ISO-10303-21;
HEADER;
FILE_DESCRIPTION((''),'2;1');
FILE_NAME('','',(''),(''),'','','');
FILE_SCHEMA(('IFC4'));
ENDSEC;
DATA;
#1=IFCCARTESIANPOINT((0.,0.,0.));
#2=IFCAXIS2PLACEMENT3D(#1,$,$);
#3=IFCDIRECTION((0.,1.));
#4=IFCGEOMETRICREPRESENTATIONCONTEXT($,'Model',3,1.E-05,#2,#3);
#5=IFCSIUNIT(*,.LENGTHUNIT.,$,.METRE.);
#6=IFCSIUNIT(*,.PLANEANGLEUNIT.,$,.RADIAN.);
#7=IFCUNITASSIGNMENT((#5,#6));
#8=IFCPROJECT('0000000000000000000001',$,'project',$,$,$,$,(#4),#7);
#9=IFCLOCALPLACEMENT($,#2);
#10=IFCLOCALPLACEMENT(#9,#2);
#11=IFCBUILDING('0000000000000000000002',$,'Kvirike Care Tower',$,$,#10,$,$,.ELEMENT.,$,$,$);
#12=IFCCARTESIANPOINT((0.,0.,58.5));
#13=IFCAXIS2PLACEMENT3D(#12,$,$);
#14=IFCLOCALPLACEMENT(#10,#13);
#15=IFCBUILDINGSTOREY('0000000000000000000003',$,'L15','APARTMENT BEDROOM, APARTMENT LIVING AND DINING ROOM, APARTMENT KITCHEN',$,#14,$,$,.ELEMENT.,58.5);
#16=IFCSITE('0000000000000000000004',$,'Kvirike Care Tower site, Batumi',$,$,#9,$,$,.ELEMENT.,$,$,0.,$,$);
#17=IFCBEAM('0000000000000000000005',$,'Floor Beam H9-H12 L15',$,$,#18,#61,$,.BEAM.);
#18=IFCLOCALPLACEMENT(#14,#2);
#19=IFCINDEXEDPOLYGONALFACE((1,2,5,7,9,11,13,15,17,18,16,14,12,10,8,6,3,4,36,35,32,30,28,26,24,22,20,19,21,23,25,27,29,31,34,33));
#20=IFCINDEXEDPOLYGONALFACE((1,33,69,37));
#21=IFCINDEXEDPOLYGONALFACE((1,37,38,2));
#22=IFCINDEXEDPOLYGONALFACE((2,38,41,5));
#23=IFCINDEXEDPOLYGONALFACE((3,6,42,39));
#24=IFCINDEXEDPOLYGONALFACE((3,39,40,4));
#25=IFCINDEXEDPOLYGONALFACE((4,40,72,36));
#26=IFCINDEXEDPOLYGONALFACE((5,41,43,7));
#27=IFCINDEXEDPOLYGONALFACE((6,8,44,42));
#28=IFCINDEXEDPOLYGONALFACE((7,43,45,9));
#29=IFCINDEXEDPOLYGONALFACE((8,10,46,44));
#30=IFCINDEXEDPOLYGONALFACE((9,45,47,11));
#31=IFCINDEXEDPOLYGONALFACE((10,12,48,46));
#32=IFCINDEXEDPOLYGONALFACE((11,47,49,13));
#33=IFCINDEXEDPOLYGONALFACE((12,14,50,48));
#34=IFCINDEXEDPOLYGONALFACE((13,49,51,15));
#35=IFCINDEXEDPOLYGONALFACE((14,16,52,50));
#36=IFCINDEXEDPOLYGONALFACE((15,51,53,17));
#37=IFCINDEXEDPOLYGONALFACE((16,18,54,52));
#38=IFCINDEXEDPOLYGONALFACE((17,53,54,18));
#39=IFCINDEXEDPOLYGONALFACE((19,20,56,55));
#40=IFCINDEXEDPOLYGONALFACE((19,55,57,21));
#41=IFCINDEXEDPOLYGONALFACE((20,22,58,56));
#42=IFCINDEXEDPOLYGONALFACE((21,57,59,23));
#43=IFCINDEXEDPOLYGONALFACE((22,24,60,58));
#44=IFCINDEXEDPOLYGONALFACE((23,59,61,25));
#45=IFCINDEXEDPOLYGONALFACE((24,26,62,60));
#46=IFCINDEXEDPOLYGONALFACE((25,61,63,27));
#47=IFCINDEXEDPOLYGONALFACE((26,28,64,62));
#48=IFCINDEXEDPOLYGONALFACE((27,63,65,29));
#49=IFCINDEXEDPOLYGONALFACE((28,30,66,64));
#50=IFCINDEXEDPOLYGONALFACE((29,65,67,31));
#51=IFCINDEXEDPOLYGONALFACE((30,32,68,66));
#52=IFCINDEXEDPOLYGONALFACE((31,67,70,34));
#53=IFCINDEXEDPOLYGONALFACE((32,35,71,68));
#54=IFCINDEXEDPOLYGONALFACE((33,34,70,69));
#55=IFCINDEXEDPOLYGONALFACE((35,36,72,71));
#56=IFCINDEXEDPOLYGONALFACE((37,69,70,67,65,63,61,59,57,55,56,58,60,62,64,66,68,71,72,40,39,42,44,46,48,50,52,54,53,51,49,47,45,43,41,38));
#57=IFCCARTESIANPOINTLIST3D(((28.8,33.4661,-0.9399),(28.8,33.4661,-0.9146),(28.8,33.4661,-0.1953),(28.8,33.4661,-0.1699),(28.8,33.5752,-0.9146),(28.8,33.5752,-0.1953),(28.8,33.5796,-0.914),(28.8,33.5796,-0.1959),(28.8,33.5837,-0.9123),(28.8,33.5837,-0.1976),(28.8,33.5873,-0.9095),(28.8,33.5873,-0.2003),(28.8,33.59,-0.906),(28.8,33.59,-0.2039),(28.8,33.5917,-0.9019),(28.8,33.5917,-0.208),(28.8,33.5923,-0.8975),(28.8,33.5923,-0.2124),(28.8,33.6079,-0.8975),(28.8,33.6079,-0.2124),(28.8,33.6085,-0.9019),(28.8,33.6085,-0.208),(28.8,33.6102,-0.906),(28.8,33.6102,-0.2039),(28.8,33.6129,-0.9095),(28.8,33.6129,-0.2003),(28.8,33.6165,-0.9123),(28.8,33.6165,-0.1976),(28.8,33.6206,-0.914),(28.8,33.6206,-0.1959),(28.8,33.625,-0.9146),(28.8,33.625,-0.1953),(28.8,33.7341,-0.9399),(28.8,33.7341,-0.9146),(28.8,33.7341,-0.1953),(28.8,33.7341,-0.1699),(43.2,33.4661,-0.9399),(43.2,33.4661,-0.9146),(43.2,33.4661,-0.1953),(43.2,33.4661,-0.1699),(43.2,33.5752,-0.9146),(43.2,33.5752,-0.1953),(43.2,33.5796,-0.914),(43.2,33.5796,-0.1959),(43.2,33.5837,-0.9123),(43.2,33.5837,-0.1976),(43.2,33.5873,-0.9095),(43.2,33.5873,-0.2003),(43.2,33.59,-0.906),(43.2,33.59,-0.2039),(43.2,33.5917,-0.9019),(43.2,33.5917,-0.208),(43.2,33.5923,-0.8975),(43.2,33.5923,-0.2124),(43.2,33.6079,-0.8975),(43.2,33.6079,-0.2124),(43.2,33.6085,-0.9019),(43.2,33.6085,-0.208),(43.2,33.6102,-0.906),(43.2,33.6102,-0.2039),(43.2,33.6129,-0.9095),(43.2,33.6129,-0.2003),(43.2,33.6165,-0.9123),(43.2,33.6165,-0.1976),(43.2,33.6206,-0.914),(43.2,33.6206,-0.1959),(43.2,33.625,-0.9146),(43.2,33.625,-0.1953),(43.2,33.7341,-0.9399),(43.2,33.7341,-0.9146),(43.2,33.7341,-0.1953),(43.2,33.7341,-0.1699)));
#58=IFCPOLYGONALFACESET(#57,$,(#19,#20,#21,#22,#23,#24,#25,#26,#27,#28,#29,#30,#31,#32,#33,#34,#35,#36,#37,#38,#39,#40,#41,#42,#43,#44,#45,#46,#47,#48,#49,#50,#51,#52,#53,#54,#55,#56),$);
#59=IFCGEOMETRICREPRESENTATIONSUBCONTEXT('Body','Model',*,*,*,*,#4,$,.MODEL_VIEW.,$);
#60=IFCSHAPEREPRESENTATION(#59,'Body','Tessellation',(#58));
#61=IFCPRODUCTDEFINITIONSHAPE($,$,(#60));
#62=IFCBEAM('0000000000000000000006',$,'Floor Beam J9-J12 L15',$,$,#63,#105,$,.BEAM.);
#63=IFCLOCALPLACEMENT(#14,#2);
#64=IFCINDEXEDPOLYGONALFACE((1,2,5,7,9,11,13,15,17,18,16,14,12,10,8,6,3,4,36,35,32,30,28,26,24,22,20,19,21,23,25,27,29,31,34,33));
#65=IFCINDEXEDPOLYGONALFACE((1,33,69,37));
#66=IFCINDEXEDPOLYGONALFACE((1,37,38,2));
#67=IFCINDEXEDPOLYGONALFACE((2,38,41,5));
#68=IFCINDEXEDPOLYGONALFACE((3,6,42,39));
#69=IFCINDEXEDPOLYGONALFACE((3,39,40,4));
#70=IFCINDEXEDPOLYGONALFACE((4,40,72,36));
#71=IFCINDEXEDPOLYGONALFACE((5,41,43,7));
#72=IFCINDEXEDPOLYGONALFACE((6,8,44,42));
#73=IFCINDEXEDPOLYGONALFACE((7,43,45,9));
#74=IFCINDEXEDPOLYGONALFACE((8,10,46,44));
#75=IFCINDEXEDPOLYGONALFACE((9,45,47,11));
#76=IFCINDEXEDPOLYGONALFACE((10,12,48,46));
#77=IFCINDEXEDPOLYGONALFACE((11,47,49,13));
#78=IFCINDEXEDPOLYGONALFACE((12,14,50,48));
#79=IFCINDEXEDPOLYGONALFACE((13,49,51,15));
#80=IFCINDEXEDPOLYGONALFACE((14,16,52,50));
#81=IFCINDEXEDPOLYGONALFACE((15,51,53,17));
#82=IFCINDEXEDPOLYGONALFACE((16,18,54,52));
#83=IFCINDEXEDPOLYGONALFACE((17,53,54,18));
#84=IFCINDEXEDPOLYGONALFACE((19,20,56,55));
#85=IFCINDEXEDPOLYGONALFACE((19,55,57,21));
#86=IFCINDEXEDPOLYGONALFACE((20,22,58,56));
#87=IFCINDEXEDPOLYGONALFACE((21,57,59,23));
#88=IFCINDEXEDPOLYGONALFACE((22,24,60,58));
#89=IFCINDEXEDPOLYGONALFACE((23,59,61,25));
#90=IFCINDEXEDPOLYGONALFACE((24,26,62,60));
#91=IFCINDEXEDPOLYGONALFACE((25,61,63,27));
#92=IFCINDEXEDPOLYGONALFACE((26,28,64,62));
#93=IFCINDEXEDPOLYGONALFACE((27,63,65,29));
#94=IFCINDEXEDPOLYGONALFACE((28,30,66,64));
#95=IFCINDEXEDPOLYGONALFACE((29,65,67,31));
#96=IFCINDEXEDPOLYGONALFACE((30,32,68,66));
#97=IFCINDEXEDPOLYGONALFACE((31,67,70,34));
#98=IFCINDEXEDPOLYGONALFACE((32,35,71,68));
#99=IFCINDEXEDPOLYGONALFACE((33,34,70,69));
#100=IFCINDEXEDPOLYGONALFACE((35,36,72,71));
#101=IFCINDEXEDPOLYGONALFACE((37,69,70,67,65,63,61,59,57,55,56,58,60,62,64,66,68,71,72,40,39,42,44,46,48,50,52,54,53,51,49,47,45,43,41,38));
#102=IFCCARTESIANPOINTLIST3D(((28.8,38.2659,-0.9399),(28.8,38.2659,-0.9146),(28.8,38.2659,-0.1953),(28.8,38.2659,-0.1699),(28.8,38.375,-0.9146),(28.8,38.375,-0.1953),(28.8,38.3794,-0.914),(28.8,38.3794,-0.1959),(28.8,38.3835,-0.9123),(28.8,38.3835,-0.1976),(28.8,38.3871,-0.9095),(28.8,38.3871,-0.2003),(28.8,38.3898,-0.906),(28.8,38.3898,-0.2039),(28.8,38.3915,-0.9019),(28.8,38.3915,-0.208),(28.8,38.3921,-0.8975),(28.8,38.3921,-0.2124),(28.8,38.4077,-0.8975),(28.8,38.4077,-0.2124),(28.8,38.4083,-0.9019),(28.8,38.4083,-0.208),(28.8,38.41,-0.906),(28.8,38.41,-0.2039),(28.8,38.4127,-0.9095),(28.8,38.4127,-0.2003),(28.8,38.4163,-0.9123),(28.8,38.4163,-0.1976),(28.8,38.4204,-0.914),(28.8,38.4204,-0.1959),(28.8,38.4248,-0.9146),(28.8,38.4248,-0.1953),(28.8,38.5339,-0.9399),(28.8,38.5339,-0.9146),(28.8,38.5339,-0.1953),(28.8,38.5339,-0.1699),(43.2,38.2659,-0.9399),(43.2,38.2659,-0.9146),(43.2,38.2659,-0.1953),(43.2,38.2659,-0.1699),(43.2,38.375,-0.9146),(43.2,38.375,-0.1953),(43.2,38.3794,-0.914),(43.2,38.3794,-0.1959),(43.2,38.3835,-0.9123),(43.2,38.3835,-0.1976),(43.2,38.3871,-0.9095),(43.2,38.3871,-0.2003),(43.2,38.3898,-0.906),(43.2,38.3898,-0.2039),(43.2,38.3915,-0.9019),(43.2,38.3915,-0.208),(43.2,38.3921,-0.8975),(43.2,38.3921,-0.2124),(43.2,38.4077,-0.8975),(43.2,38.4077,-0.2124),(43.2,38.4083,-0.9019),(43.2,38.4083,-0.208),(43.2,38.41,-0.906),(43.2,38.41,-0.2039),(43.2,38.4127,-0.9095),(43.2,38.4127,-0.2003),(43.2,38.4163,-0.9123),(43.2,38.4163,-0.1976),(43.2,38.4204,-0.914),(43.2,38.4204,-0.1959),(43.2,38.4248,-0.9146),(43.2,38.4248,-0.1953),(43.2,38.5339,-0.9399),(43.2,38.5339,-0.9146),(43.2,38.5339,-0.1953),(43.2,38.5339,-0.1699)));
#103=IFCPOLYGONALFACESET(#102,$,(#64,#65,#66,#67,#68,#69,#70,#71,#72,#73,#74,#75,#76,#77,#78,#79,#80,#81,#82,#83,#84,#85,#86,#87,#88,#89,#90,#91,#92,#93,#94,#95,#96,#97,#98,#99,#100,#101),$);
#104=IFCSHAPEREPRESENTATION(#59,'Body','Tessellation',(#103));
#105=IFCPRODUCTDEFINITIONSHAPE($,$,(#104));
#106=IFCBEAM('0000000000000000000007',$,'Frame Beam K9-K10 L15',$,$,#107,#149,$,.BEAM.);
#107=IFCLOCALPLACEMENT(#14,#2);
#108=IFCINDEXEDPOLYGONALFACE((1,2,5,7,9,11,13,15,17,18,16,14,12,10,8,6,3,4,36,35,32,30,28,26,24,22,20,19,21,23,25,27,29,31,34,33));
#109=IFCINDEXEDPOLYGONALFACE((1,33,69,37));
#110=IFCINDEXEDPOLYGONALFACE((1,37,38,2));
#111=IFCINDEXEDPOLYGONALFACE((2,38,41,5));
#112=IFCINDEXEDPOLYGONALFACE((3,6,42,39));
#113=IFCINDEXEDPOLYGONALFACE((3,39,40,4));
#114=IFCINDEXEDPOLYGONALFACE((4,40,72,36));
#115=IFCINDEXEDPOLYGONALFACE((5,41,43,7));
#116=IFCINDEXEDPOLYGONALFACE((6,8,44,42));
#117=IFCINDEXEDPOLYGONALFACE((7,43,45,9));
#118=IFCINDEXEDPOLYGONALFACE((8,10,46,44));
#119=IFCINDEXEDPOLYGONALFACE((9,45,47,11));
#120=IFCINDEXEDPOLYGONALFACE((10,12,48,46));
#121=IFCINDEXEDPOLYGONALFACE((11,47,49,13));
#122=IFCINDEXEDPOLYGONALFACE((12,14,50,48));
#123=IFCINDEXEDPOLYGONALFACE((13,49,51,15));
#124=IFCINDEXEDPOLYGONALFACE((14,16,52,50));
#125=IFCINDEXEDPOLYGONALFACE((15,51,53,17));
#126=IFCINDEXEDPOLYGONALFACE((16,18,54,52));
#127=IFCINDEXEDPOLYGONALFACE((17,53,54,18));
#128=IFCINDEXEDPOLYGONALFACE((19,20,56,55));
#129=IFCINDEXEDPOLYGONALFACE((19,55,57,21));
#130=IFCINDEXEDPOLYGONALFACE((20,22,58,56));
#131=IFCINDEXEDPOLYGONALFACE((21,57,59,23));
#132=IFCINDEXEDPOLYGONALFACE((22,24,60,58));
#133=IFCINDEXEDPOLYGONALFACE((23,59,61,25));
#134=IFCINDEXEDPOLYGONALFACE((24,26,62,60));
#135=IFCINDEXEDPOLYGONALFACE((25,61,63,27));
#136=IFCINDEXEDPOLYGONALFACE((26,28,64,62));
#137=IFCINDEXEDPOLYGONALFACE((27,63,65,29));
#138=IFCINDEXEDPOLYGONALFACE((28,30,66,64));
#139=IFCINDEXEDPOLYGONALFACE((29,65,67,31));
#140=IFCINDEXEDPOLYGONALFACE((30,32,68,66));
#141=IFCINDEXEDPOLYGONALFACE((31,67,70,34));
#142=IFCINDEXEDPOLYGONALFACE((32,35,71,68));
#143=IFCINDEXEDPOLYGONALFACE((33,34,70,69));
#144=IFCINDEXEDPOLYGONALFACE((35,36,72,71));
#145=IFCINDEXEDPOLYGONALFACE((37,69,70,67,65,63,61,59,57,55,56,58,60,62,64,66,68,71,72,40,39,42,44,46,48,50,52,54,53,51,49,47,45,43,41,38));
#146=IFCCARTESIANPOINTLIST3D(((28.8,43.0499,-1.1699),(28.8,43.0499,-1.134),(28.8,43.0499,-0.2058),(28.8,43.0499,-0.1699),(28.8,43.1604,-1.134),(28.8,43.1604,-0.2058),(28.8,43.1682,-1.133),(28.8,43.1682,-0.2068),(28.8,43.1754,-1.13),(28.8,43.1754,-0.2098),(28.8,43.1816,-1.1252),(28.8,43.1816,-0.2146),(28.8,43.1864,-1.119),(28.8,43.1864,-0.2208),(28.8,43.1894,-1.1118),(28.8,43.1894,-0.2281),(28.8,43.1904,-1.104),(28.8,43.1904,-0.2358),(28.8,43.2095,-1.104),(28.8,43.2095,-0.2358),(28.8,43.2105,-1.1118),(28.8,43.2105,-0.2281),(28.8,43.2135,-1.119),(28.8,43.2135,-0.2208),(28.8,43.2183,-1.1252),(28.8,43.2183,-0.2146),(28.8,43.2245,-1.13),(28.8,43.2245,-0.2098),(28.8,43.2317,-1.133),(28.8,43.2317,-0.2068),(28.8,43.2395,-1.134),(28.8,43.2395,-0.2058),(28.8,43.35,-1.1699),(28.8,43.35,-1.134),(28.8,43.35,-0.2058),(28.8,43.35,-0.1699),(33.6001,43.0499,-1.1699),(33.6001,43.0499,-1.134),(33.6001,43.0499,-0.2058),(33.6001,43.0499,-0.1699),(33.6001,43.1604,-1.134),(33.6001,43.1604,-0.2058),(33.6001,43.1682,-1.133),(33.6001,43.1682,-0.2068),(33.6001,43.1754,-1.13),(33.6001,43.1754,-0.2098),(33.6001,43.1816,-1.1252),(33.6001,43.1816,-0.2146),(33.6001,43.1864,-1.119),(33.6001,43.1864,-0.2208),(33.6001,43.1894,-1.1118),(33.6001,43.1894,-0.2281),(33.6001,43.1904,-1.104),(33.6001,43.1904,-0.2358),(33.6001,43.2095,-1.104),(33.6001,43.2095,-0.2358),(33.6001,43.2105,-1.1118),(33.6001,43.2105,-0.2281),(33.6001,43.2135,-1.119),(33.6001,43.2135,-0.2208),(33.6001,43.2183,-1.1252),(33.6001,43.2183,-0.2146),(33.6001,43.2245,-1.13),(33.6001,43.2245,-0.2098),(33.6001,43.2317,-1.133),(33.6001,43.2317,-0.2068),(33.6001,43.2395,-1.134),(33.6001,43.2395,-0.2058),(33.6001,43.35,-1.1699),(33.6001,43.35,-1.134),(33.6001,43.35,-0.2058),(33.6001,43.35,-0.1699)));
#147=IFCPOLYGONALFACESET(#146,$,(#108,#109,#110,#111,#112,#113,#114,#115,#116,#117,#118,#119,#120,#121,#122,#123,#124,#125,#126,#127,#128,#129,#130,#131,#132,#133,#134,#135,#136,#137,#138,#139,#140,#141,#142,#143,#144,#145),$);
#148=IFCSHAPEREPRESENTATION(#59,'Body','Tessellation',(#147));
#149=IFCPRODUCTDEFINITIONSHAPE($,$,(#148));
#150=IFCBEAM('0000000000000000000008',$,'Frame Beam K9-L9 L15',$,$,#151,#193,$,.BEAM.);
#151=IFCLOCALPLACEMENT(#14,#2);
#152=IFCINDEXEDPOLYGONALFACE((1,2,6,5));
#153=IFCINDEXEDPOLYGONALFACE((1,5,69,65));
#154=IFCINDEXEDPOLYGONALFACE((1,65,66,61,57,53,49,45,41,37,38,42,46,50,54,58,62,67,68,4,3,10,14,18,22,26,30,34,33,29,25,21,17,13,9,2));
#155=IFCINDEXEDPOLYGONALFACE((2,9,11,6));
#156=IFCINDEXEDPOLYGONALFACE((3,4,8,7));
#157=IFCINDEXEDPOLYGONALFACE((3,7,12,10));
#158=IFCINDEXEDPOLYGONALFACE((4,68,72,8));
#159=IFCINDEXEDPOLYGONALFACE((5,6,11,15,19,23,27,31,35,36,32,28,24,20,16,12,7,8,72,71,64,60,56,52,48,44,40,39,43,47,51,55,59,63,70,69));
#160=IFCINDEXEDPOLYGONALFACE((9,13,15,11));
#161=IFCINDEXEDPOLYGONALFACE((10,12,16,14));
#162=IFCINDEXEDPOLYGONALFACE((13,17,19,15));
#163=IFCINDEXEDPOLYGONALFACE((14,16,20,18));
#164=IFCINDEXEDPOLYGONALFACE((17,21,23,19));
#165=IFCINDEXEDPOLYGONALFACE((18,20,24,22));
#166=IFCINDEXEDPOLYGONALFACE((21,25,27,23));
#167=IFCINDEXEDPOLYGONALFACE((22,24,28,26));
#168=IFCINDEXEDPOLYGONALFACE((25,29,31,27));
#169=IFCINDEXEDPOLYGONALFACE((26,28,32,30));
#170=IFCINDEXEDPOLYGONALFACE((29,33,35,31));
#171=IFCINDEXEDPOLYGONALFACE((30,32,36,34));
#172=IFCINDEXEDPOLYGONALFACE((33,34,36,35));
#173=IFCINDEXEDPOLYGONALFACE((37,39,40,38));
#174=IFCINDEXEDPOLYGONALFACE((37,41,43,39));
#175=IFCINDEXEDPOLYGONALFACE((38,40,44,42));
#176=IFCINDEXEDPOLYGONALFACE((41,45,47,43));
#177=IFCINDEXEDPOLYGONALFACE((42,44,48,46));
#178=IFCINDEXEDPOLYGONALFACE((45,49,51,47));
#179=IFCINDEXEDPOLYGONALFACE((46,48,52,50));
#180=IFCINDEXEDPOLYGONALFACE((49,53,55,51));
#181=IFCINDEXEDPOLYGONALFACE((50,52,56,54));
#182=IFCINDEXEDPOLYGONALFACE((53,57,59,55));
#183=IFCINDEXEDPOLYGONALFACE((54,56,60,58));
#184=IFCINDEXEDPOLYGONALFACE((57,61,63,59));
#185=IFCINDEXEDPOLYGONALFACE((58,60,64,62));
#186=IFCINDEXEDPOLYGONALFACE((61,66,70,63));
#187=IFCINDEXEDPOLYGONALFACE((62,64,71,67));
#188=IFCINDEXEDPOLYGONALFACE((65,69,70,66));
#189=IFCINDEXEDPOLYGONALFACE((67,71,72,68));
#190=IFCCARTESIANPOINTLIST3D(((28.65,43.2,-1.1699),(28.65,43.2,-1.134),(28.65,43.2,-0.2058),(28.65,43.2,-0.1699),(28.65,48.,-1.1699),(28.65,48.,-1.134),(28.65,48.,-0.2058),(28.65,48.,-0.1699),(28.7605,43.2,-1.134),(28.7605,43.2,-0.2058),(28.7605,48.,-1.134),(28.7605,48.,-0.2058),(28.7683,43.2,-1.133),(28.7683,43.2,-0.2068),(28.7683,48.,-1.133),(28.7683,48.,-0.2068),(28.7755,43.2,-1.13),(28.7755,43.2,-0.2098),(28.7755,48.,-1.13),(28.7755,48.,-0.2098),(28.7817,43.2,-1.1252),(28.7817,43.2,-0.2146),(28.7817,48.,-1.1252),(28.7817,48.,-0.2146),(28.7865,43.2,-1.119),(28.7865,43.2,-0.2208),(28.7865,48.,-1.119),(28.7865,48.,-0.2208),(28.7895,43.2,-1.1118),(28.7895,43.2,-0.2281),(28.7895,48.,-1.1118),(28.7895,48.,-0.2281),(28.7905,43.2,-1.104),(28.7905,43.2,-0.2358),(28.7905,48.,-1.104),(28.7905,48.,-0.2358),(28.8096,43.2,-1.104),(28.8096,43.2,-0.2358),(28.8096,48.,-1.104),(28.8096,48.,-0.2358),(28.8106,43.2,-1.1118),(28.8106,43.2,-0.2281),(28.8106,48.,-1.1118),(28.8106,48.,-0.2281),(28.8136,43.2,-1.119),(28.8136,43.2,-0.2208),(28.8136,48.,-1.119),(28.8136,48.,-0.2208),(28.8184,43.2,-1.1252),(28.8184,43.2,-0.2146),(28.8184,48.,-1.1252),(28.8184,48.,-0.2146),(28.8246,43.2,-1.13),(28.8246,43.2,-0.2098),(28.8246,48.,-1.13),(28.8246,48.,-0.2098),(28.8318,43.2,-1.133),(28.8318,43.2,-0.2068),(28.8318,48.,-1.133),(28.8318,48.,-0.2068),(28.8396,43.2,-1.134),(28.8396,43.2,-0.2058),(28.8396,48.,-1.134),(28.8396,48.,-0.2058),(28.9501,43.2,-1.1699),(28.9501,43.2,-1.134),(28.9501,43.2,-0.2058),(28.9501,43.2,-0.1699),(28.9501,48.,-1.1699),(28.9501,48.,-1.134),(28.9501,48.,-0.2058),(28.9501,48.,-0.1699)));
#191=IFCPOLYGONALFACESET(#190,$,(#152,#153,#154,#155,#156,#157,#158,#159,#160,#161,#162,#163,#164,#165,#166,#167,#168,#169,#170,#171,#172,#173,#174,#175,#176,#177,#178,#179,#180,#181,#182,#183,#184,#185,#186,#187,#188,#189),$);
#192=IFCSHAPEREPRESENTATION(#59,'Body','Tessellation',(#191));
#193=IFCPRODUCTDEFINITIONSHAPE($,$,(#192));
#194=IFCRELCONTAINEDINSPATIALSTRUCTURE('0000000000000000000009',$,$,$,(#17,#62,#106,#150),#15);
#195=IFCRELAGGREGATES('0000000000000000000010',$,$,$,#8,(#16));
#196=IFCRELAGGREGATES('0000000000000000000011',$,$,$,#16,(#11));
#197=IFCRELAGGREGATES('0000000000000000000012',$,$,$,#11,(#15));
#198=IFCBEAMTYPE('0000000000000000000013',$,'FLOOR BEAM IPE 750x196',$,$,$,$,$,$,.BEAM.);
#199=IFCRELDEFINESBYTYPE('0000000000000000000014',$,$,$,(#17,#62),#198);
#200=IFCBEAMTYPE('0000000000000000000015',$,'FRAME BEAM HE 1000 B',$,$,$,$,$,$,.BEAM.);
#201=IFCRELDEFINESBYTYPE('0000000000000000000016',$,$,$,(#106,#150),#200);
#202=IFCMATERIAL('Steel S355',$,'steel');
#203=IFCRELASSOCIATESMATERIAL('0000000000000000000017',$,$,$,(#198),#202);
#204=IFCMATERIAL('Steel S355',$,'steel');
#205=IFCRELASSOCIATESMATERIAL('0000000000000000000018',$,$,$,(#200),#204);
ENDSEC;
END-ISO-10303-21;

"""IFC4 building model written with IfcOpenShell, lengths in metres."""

from ifc_helpers import new_model, si_unit, direction, frame, origin, origin_2d, place, context, subcontext, project, spatial, i_section, extrude, material, material_profile, profile_set, type_object, element, save


model = new_model("IFC4")

# Units and contexts
model_context = context("Model", 3, precision=1e-05, world=origin(), true_north=direction((0.0, 1.0)))
body_context = subcontext(model_context, "Body", "Model", "MODEL_VIEW")
ifc_project = project(units=[si_unit("LENGTHUNIT", "METRE"), si_unit("PLANEANGLEUNIT", "RADIAN")], contexts=[model_context])

# Site, building, storey
site_placement = place(None, origin())
site = spatial("IfcSite", under=ifc_project, at=site_placement, Name="Kvirike Care Tower site, Batumi", CompositionType="ELEMENT", RefElevation=0.0)
building_placement = place(site_placement, origin())
building = spatial("IfcBuilding", under=site, at=building_placement, Name="Kvirike Care Tower", CompositionType="ELEMENT")
storey_placement = place(building_placement, frame((0.0, 0.0, 58.5)))
storey = spatial("IfcBuildingStorey", under=building, at=storey_placement, Name="L15", Description="APARTMENT BEDROOM, APARTMENT LIVING AND DINING ROOM, APARTMENT KITCHEN", CompositionType="ELEMENT", Elevation=58.5)

# Beams
ifc_material_1 = material(Name="Steel S355", Category="steel")
ifc_material_profile_1 = material_profile(ifc_material_1, i_section(OverallWidth=0.2681, OverallDepth=0.77, WebThickness=0.0156, FlangeThickness=0.0254, FilletRadius=0.0171, at=origin_2d()), Name="IPE 750x196")
ifc_profile_set_1 = profile_set([ifc_material_profile_1], Name="Steel S355")
beam_type_1 = type_object("IfcBeamType", Name="FLOOR BEAM IPE 750x196", PredefinedType="BEAM", material=ifc_profile_set_1)
for number, where, z_axis, x_axis, name in (
    (1, (28.8, 33.6001, -0.5549), (1.0, 0.0, 0.0), (0.0, 1.0, 0.0), "Floor Beam H9-H12 L15"),
    (2, (28.8, 38.3999, -0.5549), (1.0, 0.0, 0.0), (0.0, 1.0, 0.0), "Floor Beam J9-J12 L15"),
):
    element("IfcBeam", number, at=place(storey_placement, frame(where, z_axis=z_axis, x_axis=x_axis)), inside=storey, type_object=beam_type_1, Name=name, PredefinedType="BEAM", context=body_context, shape_type="SweptSolid", body=[
        extrude(i_section(OverallWidth=0.2681, OverallDepth=0.77, WebThickness=0.0156, FlangeThickness=0.0254, FilletRadius=0.0171, at=origin_2d()), origin(), (0.0, 0.0, 1.0), 14.3999),
    ])
ifc_material_2 = material(Name="Steel S355", Category="steel")
ifc_material_profile_2 = material_profile(ifc_material_2, i_section(OverallWidth=0.3, OverallDepth=1.0, WebThickness=0.019, FlangeThickness=0.0359, FilletRadius=0.03, at=origin_2d()), Name="HE 1000 B")
ifc_profile_set_2 = profile_set([ifc_material_profile_2], Name="Steel S355")
beam_type_2 = type_object("IfcBeamType", Name="FRAME BEAM HE 1000 B", PredefinedType="BEAM", material=ifc_profile_set_2)
for number, where, z_axis, x_axis, name in (
    (3, (28.8, 43.2, -0.6699), (1.0, 0.0, 0.0), (0.0, 1.0, 0.0), "Frame Beam K9-K10 L15"),
    (4, (28.8, 43.2, -0.6699), (0.0, 1.0, 0.0), (-1.0, 0.0, 0.0), "Frame Beam K9-L9 L15"),
):
    element("IfcBeam", number, at=place(storey_placement, frame(where, z_axis=z_axis, x_axis=x_axis)), inside=storey, type_object=beam_type_2, Name=name, PredefinedType="BEAM", context=body_context, shape_type="SweptSolid", body=[
        extrude(i_section(OverallWidth=0.3, OverallDepth=1.0, WebThickness=0.019, FlangeThickness=0.0359, FilletRadius=0.03, at=origin_2d()), origin(), (0.0, 0.0, 1.0), 4.8),
    ])

save(model, "model.ifc")
